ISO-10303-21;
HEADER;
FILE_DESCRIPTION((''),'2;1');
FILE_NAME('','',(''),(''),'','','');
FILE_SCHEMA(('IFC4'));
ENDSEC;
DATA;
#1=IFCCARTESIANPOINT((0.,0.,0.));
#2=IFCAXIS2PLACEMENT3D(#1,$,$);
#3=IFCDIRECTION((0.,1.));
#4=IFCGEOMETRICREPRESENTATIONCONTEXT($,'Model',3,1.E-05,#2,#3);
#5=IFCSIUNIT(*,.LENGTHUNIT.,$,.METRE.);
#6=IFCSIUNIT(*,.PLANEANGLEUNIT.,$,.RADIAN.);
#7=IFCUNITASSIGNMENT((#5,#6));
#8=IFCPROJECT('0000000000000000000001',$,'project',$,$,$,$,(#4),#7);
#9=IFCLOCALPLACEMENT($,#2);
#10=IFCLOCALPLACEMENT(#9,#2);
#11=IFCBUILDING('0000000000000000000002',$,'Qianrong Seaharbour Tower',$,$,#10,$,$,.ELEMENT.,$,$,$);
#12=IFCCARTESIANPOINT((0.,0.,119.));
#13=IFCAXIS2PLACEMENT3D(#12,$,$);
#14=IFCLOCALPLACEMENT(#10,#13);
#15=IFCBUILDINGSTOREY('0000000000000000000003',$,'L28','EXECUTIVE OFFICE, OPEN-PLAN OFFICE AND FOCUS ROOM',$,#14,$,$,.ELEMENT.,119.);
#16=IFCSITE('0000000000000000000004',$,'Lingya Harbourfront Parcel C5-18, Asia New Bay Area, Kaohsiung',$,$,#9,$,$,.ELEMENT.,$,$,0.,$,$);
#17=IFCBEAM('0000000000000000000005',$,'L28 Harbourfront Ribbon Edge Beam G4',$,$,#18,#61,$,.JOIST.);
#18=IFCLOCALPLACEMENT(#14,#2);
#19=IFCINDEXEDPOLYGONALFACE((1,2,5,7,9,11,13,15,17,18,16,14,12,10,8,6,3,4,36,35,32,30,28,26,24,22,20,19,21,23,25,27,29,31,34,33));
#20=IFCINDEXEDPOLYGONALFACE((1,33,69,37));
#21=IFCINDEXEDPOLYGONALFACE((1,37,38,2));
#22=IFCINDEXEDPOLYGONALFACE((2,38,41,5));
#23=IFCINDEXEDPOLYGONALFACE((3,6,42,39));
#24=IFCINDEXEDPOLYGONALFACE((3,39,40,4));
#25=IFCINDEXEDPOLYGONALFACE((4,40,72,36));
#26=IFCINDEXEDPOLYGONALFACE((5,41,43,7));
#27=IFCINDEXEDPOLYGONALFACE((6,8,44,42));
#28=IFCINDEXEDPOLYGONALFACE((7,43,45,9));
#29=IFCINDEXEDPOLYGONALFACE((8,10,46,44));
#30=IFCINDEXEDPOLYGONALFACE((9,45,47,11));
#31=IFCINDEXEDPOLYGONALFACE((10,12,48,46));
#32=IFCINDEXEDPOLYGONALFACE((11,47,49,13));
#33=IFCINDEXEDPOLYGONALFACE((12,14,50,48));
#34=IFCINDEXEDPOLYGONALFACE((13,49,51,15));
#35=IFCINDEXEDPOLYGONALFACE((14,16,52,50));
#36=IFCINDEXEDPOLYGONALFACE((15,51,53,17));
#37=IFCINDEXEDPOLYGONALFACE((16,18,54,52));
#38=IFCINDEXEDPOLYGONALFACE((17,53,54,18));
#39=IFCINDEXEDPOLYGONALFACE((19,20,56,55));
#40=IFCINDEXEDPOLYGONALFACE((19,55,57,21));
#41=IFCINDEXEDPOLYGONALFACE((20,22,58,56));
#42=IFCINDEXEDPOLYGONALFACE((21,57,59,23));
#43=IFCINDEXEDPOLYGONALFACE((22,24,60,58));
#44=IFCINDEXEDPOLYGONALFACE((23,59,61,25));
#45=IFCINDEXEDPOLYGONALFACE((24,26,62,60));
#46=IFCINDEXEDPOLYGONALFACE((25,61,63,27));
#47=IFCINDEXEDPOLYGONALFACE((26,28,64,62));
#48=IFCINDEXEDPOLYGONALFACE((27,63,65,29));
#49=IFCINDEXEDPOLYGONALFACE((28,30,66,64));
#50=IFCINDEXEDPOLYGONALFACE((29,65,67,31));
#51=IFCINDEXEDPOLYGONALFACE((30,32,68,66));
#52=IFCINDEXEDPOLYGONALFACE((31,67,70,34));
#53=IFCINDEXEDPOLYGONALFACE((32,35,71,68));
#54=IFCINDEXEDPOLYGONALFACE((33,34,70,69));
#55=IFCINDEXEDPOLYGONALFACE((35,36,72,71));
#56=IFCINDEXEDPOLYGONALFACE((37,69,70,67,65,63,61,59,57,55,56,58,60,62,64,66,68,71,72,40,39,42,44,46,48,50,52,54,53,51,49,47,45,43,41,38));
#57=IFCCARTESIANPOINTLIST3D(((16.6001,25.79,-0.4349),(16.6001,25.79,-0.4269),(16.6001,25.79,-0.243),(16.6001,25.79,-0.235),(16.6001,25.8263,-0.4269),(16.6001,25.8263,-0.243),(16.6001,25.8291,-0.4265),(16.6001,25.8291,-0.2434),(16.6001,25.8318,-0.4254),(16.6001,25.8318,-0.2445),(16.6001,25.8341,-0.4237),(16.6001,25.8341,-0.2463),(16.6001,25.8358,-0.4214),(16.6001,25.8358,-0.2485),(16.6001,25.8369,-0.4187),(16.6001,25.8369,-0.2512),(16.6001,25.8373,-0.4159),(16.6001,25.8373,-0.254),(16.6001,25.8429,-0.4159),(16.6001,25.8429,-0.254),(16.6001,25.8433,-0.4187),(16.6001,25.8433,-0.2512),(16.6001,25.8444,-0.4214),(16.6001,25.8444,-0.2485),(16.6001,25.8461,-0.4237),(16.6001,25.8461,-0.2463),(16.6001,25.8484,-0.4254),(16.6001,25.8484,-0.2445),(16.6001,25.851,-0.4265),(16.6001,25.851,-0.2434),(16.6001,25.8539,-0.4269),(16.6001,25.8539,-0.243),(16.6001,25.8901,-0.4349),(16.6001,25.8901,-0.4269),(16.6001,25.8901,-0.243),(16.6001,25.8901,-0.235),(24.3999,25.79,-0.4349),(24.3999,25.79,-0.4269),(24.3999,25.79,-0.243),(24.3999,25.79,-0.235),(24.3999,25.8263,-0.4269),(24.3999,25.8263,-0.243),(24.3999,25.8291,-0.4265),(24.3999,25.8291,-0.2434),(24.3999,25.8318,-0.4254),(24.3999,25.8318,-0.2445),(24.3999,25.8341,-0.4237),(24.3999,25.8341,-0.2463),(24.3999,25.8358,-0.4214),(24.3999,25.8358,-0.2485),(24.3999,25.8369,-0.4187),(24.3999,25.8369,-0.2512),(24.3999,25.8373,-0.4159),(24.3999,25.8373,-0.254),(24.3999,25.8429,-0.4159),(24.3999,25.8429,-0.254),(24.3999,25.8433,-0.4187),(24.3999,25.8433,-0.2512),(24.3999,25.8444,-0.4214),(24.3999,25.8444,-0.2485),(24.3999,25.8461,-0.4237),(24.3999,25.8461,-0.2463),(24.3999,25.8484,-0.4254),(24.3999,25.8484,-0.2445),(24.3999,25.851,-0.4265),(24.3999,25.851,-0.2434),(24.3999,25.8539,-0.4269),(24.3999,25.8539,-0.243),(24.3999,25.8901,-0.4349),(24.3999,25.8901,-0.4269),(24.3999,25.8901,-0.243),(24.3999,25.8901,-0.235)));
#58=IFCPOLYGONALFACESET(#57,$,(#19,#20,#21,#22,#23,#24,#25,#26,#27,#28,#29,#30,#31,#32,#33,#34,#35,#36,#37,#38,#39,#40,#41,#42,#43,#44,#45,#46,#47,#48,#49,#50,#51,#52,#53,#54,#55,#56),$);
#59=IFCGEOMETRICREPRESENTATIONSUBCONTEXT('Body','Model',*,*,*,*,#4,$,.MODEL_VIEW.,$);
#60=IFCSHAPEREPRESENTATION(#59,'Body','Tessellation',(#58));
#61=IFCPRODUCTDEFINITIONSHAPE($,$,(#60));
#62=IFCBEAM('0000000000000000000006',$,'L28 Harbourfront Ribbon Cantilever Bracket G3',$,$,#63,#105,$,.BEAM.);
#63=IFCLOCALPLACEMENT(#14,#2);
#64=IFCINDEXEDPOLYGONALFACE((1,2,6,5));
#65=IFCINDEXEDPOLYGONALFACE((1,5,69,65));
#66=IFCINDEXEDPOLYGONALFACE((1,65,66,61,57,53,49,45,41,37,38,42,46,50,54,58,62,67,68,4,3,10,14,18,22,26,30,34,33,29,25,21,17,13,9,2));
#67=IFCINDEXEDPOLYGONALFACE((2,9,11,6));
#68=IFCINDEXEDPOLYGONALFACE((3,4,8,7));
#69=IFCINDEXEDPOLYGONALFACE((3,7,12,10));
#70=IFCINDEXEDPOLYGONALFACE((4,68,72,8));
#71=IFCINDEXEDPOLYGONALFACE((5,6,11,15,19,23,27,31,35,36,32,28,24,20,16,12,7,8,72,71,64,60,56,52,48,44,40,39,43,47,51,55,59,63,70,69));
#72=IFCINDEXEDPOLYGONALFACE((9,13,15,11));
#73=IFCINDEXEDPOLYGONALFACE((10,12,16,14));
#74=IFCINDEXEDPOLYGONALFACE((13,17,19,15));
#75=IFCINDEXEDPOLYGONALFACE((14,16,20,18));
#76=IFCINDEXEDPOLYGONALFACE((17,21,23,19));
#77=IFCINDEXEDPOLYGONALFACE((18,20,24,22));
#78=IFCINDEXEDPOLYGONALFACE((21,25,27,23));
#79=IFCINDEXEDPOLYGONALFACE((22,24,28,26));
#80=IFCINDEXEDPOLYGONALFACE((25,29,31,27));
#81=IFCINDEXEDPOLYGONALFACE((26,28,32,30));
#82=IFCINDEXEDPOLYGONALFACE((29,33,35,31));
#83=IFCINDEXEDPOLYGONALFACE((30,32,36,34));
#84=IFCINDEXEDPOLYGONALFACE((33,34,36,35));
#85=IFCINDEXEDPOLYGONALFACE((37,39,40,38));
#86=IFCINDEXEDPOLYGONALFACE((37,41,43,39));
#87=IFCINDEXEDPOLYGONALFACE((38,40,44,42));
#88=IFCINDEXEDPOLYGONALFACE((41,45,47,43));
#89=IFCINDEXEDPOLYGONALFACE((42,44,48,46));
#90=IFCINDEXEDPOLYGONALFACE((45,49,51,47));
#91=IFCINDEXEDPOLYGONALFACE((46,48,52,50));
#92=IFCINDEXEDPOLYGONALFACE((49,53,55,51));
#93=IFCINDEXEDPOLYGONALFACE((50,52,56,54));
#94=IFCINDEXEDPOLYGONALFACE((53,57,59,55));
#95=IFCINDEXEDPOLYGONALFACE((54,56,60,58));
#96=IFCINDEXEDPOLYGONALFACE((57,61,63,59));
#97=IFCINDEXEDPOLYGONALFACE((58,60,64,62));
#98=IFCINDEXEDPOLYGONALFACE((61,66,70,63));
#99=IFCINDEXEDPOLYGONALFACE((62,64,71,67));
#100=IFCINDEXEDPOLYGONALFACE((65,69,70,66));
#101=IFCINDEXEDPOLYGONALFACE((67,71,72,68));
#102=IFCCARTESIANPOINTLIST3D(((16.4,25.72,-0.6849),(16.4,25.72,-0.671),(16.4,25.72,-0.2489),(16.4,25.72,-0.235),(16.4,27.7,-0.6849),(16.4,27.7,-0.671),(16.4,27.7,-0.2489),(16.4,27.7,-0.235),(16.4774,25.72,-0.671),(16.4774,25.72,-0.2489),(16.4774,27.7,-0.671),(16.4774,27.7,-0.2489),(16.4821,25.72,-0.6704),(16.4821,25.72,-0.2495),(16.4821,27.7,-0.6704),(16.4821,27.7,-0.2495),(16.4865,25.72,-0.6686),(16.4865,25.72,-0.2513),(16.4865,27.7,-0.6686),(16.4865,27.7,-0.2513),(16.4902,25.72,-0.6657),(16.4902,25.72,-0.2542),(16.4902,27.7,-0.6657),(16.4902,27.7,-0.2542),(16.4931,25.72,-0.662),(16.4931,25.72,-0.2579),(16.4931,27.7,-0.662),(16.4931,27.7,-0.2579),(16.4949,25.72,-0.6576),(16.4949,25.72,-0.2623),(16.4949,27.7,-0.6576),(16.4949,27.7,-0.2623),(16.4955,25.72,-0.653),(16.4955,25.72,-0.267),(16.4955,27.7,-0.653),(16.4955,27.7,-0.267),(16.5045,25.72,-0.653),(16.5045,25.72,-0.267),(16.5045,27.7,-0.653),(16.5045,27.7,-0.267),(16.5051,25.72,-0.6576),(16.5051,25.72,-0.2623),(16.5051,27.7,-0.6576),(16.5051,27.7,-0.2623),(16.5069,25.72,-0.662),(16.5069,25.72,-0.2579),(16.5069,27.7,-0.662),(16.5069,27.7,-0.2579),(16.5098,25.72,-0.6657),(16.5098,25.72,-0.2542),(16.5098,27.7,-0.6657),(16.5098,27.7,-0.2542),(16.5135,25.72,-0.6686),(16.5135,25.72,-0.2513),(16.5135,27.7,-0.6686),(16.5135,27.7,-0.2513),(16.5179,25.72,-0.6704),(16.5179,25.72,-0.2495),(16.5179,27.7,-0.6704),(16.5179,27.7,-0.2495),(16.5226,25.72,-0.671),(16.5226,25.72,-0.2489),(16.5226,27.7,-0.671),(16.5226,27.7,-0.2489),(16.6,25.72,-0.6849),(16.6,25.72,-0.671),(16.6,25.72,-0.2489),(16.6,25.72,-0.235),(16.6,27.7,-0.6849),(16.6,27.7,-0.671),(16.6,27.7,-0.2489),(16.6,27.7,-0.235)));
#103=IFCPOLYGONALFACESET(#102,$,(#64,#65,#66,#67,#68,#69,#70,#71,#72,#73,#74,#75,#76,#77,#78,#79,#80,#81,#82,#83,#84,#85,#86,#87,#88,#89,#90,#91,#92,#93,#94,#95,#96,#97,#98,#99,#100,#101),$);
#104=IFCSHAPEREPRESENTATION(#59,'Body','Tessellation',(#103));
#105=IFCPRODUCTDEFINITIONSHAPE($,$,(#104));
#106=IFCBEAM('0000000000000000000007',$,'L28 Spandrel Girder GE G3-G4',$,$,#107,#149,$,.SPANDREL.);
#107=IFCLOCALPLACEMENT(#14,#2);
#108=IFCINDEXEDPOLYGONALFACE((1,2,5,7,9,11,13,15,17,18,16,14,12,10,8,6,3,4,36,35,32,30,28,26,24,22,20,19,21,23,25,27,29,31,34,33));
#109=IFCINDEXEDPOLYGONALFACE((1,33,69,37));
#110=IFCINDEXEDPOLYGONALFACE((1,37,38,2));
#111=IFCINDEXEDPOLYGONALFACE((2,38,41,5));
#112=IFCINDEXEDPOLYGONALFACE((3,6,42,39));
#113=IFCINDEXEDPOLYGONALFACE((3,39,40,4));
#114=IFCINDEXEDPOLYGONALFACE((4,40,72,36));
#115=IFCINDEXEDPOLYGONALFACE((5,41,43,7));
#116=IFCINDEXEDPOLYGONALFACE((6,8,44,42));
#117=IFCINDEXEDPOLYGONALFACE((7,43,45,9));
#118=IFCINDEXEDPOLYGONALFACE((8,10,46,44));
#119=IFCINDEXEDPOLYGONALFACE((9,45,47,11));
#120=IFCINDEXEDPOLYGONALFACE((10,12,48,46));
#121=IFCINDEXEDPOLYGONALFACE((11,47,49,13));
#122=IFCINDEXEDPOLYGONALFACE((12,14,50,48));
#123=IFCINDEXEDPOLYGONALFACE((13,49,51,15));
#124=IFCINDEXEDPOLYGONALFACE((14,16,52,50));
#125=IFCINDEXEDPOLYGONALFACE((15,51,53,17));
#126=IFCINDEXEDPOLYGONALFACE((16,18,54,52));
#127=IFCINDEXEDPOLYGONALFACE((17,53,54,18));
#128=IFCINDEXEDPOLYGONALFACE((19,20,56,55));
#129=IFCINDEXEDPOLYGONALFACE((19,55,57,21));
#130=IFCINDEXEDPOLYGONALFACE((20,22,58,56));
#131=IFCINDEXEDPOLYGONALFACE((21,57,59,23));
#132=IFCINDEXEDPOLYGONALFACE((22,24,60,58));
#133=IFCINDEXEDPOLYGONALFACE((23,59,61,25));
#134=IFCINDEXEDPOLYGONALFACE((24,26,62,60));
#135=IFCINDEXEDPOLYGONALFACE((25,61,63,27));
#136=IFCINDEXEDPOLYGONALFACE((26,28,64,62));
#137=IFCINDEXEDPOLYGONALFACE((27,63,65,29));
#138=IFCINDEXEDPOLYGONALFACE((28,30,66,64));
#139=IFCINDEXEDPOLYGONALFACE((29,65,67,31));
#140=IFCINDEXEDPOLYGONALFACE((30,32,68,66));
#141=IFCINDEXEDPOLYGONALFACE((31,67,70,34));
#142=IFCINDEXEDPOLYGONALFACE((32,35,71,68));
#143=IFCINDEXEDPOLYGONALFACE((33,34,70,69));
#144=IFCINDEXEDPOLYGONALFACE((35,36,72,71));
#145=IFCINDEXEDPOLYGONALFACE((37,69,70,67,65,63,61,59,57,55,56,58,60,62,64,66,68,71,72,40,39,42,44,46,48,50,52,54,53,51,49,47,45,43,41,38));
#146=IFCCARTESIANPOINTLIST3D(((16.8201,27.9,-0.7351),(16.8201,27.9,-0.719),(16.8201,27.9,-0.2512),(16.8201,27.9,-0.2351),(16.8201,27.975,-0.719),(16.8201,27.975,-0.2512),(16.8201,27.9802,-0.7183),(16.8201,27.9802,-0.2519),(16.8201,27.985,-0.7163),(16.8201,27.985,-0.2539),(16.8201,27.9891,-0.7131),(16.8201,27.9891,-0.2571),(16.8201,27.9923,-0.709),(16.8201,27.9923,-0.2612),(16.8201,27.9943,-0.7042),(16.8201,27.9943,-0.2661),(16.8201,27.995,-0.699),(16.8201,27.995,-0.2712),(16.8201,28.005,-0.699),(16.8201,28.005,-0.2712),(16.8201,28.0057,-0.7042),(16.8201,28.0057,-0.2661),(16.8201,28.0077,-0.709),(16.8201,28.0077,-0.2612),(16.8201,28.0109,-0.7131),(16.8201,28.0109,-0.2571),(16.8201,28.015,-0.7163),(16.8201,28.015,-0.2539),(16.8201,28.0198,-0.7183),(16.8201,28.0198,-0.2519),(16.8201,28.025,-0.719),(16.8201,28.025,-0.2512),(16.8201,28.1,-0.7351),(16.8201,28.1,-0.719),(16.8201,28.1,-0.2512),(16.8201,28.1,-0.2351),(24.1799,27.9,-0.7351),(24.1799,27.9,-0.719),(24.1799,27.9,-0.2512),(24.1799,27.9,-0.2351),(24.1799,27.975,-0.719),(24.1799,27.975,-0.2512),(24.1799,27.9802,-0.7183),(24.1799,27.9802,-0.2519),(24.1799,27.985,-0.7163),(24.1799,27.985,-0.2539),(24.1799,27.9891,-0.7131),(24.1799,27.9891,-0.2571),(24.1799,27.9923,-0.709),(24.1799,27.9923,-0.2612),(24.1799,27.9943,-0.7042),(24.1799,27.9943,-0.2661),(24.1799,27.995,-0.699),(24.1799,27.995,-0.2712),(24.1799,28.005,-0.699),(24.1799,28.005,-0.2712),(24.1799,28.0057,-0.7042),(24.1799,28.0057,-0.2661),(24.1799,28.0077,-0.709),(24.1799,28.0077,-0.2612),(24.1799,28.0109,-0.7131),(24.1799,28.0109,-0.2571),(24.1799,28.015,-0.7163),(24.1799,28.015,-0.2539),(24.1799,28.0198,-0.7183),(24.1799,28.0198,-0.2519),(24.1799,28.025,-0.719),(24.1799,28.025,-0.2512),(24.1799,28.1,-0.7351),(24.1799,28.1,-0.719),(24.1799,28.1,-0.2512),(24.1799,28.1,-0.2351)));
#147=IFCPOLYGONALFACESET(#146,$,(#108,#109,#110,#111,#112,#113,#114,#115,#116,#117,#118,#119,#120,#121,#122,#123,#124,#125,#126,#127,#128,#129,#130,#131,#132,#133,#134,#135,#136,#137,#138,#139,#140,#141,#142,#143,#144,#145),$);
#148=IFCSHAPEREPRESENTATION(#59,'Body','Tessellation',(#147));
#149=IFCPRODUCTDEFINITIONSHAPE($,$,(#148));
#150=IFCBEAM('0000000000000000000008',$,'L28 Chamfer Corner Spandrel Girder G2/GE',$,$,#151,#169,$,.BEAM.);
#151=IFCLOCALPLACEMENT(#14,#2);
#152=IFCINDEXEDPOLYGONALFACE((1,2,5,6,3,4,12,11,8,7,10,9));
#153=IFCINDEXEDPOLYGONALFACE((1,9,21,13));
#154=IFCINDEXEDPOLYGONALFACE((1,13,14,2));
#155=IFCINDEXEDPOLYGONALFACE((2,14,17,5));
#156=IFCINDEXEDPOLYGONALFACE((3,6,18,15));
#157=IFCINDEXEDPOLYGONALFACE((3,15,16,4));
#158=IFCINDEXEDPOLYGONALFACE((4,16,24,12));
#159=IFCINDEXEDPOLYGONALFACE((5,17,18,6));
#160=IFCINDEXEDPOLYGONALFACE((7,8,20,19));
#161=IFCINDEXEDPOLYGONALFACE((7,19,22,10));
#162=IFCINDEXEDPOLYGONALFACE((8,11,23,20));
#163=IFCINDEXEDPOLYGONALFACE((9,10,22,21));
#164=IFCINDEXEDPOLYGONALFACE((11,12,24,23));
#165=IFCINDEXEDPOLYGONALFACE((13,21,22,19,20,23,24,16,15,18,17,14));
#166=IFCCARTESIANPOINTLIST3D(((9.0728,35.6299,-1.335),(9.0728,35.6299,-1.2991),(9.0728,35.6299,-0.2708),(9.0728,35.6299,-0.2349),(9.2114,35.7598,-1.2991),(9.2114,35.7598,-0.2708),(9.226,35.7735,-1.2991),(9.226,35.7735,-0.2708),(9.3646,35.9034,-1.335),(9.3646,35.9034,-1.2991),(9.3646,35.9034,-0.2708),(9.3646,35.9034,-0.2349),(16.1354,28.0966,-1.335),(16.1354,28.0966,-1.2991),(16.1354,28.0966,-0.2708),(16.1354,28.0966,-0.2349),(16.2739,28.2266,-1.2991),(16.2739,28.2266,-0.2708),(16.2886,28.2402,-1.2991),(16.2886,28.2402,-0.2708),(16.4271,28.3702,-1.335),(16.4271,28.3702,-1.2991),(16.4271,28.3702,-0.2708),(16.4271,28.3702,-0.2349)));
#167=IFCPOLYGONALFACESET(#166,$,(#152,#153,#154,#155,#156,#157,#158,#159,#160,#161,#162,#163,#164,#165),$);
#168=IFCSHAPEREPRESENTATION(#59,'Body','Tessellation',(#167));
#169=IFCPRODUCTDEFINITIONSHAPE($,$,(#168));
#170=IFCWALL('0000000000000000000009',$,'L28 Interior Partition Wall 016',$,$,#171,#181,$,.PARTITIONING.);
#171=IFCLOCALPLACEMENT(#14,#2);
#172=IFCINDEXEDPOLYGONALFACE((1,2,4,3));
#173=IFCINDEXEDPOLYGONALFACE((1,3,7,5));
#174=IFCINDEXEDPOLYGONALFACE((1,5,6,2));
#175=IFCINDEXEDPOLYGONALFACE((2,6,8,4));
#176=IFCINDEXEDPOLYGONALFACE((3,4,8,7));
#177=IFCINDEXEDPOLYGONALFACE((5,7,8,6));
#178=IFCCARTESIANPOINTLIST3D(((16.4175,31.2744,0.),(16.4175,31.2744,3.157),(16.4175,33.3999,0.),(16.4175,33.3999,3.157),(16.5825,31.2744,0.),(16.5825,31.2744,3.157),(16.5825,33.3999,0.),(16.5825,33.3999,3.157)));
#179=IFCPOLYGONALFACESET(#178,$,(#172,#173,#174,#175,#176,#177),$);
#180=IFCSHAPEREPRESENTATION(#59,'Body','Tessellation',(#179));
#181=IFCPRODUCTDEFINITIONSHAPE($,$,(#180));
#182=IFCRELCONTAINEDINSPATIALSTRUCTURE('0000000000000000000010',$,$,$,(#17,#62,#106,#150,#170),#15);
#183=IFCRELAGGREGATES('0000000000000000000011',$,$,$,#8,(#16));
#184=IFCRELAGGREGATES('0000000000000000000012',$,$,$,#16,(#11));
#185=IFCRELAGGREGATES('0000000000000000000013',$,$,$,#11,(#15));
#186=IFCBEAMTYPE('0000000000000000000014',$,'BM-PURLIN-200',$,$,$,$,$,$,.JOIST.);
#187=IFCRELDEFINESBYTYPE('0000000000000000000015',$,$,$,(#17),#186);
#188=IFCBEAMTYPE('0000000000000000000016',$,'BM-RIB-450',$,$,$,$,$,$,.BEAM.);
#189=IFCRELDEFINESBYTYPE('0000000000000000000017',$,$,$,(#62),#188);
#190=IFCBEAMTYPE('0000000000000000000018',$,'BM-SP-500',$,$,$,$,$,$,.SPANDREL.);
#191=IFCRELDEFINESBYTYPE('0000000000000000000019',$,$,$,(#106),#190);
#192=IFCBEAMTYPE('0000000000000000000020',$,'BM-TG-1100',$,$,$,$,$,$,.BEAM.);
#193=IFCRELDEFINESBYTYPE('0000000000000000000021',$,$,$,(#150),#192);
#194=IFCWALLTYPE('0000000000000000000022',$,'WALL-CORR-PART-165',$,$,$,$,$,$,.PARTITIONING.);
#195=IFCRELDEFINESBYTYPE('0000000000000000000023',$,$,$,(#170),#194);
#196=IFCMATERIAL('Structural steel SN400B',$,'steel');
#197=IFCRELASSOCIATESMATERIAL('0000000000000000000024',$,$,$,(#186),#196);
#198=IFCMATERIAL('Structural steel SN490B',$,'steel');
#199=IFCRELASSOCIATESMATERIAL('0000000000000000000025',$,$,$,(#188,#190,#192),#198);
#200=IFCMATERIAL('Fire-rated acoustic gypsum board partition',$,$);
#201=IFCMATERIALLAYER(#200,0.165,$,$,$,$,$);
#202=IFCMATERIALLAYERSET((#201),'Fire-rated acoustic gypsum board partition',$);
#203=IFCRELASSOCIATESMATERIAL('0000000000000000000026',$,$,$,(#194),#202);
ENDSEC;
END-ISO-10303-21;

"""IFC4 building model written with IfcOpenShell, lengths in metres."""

from ifc_helpers import new_model, si_unit, direction, frame, frame_2d, origin, origin_2d, place, context, subcontext, project, spatial, rectangle, i_section, extrude, material, layer, layer_set, material_profile, profile_set, type_object, element, save


model = new_model("IFC4")

# Units and contexts
model_context = context("Model", 3, precision=1e-05, world=origin(), true_north=direction((0.0, 1.0)))
body_context = subcontext(model_context, "Body", "Model", "MODEL_VIEW")
ifc_project = project(units=[si_unit("LENGTHUNIT", "METRE"), si_unit("PLANEANGLEUNIT", "RADIAN")], contexts=[model_context])

# Site, building, storey
site_placement = place(None, origin())
site = spatial("IfcSite", under=ifc_project, at=site_placement, Name="Lingya Harbourfront Parcel C5-18, Asia New Bay Area, Kaohsiung", CompositionType="ELEMENT", RefElevation=0.0)
building_placement = place(site_placement, origin())
building = spatial("IfcBuilding", under=site, at=building_placement, Name="Qianrong Seaharbour Tower", CompositionType="ELEMENT")
storey_placement = place(building_placement, frame((0.0, 0.0, 119.0)))
storey = spatial("IfcBuildingStorey", under=building, at=storey_placement, Name="L28", Description="EXECUTIVE OFFICE, OPEN-PLAN OFFICE AND FOCUS ROOM", CompositionType="ELEMENT", Elevation=119.0)

# Shared definitions
ifc_material_1 = material(Name="Structural steel SN490B", Category="steel")

# Beams
ifc_material_2 = material(Name="Structural steel SN400B", Category="steel")
ifc_material_profile_1 = material_profile(ifc_material_2, i_section(OverallWidth=0.1001, OverallDepth=0.2, WebThickness=0.0056, FlangeThickness=0.0081, FilletRadius=0.011, at=origin_2d()), Name="H200x100x5.5x8")
ifc_profile_set_1 = profile_set([ifc_material_profile_1], Name="Structural steel SN400B")
beam_type_1 = type_object("IfcBeamType", Name="BM-PURLIN-200", PredefinedType="JOIST", material=ifc_profile_set_1)
beam_1_placement = place(storey_placement, frame((16.6001, 25.8401, -0.335), z_axis=(1.0, 0.0, 0.0), x_axis=(0.0, 1.0, 0.0)))
element("IfcBeam", 1, at=beam_1_placement, inside=storey, type_object=beam_type_1, Name="L28 Harbourfront Ribbon Edge Beam G4", PredefinedType="JOIST", context=body_context, shape_type="SweptSolid", body=[
    extrude(i_section(OverallWidth=0.1001, OverallDepth=0.2, WebThickness=0.0056, FlangeThickness=0.0081, FilletRadius=0.011, at=origin_2d()), origin(), (0.0, 0.0, 1.0), 7.7998),
])
ifc_material_profile_2 = material_profile(ifc_material_1, i_section(OverallWidth=0.2, OverallDepth=0.45, WebThickness=0.009, FlangeThickness=0.0139, FilletRadius=0.0181, at=origin_2d()), Name="H450x200x9x14")
ifc_profile_set_2 = profile_set([ifc_material_profile_2], Name="Structural steel SN490B")
beam_type_2 = type_object("IfcBeamType", Name="BM-RIB-450", PredefinedType="BEAM", material=ifc_profile_set_2)
beam_2_placement = place(storey_placement, frame((16.5, 27.7, -0.46), z_axis=(0.0, -1.0, 0.0), x_axis=(1.0, 0.0, 0.0)))
element("IfcBeam", 2, at=beam_2_placement, inside=storey, type_object=beam_type_2, Name="L28 Harbourfront Ribbon Cantilever Bracket G3", PredefinedType="BEAM", context=body_context, shape_type="SweptSolid", body=[
    extrude(i_section(OverallWidth=0.2, OverallDepth=0.45, WebThickness=0.009, FlangeThickness=0.0139, FilletRadius=0.0181, at=origin_2d()), origin(), (0.0, 0.0, 1.0), 1.98),
])
ifc_material_profile_3 = material_profile(ifc_material_1, i_section(OverallWidth=0.2, OverallDepth=0.5, WebThickness=0.01, FlangeThickness=0.0161, FilletRadius=0.02, at=origin_2d()), Name="H500x200x10x16")
ifc_profile_set_3 = profile_set([ifc_material_profile_3], Name="Structural steel SN490B")
beam_type_3 = type_object("IfcBeamType", Name="BM-SP-500", PredefinedType="SPANDREL", material=ifc_profile_set_3)
beam_3_placement = place(storey_placement, frame((16.8201, 28.0, -0.4851), z_axis=(1.0, 0.0, 0.0), x_axis=(0.0, 1.0, 0.0)))
element("IfcBeam", 3, at=beam_3_placement, inside=storey, type_object=beam_type_3, Name="L28 Spandrel Girder GE G3-G4", PredefinedType="SPANDREL", context=body_context, shape_type="SweptSolid", body=[
    extrude(i_section(OverallWidth=0.2, OverallDepth=0.5, WebThickness=0.01, FlangeThickness=0.0161, FilletRadius=0.02, at=origin_2d()), origin(), (0.0, 0.0, 1.0), 7.3599),
])
ifc_material_profile_4 = material_profile(ifc_material_1, i_section(OverallWidth=0.3999, OverallDepth=1.1001, WebThickness=0.02, FlangeThickness=0.0359, at=origin_2d()), Name="BH1100x400x20x36")
ifc_profile_set_4 = profile_set([ifc_material_profile_4], Name="Structural steel SN490B")
beam_type_4 = type_object("IfcBeamType", Name="BM-TG-1100", PredefinedType="BEAM", material=ifc_profile_set_4)
beam_4_placement = place(storey_placement, frame((16.2812, 28.2334, -0.7849), z_axis=(-0.683947, 0.729531, 0.0), x_axis=(-0.729531, -0.683947, 0.0)))
element("IfcBeam", 4, at=beam_4_placement, inside=storey, type_object=beam_type_4, Name="L28 Chamfer Corner Spandrel Girder G2/GE", PredefinedType="BEAM", context=body_context, shape_type="SweptSolid", body=[
    extrude(i_section(OverallWidth=0.3999, OverallDepth=1.1001, WebThickness=0.02, FlangeThickness=0.0359, at=origin_2d()), origin(), (0.0, 0.0, 1.0), 10.3262),
])

# Wall
ifc_material_3 = material(Name="Fire-rated acoustic gypsum board partition")
ifc_layer_1 = layer(ifc_material_3, 0.165)
ifc_layer_set_1 = layer_set([ifc_layer_1], Name="Fire-rated acoustic gypsum board partition")
wall_type_1 = type_object("IfcWallType", Name="WALL-CORR-PART-165", PredefinedType="PARTITIONING", material=ifc_layer_set_1)
wall_1_placement = place(storey_placement, frame((16.5, 31.2744, 0.0), z_axis=(0.0, 0.0, 1.0), x_axis=(0.0, 1.0, 0.0)))
element("IfcWall", 5, at=wall_1_placement, inside=storey, type_object=wall_type_1, Name="L28 Interior Partition Wall 016", PredefinedType="PARTITIONING", context=body_context, shape_type="SweptSolid", body=[
    extrude(rectangle(XDim=2.1255, YDim=0.165, at=frame_2d((1.0627, 0.0))), origin(), (0.0, 0.0, 1.0), 3.157),
])

save(model, "model.ifc")
